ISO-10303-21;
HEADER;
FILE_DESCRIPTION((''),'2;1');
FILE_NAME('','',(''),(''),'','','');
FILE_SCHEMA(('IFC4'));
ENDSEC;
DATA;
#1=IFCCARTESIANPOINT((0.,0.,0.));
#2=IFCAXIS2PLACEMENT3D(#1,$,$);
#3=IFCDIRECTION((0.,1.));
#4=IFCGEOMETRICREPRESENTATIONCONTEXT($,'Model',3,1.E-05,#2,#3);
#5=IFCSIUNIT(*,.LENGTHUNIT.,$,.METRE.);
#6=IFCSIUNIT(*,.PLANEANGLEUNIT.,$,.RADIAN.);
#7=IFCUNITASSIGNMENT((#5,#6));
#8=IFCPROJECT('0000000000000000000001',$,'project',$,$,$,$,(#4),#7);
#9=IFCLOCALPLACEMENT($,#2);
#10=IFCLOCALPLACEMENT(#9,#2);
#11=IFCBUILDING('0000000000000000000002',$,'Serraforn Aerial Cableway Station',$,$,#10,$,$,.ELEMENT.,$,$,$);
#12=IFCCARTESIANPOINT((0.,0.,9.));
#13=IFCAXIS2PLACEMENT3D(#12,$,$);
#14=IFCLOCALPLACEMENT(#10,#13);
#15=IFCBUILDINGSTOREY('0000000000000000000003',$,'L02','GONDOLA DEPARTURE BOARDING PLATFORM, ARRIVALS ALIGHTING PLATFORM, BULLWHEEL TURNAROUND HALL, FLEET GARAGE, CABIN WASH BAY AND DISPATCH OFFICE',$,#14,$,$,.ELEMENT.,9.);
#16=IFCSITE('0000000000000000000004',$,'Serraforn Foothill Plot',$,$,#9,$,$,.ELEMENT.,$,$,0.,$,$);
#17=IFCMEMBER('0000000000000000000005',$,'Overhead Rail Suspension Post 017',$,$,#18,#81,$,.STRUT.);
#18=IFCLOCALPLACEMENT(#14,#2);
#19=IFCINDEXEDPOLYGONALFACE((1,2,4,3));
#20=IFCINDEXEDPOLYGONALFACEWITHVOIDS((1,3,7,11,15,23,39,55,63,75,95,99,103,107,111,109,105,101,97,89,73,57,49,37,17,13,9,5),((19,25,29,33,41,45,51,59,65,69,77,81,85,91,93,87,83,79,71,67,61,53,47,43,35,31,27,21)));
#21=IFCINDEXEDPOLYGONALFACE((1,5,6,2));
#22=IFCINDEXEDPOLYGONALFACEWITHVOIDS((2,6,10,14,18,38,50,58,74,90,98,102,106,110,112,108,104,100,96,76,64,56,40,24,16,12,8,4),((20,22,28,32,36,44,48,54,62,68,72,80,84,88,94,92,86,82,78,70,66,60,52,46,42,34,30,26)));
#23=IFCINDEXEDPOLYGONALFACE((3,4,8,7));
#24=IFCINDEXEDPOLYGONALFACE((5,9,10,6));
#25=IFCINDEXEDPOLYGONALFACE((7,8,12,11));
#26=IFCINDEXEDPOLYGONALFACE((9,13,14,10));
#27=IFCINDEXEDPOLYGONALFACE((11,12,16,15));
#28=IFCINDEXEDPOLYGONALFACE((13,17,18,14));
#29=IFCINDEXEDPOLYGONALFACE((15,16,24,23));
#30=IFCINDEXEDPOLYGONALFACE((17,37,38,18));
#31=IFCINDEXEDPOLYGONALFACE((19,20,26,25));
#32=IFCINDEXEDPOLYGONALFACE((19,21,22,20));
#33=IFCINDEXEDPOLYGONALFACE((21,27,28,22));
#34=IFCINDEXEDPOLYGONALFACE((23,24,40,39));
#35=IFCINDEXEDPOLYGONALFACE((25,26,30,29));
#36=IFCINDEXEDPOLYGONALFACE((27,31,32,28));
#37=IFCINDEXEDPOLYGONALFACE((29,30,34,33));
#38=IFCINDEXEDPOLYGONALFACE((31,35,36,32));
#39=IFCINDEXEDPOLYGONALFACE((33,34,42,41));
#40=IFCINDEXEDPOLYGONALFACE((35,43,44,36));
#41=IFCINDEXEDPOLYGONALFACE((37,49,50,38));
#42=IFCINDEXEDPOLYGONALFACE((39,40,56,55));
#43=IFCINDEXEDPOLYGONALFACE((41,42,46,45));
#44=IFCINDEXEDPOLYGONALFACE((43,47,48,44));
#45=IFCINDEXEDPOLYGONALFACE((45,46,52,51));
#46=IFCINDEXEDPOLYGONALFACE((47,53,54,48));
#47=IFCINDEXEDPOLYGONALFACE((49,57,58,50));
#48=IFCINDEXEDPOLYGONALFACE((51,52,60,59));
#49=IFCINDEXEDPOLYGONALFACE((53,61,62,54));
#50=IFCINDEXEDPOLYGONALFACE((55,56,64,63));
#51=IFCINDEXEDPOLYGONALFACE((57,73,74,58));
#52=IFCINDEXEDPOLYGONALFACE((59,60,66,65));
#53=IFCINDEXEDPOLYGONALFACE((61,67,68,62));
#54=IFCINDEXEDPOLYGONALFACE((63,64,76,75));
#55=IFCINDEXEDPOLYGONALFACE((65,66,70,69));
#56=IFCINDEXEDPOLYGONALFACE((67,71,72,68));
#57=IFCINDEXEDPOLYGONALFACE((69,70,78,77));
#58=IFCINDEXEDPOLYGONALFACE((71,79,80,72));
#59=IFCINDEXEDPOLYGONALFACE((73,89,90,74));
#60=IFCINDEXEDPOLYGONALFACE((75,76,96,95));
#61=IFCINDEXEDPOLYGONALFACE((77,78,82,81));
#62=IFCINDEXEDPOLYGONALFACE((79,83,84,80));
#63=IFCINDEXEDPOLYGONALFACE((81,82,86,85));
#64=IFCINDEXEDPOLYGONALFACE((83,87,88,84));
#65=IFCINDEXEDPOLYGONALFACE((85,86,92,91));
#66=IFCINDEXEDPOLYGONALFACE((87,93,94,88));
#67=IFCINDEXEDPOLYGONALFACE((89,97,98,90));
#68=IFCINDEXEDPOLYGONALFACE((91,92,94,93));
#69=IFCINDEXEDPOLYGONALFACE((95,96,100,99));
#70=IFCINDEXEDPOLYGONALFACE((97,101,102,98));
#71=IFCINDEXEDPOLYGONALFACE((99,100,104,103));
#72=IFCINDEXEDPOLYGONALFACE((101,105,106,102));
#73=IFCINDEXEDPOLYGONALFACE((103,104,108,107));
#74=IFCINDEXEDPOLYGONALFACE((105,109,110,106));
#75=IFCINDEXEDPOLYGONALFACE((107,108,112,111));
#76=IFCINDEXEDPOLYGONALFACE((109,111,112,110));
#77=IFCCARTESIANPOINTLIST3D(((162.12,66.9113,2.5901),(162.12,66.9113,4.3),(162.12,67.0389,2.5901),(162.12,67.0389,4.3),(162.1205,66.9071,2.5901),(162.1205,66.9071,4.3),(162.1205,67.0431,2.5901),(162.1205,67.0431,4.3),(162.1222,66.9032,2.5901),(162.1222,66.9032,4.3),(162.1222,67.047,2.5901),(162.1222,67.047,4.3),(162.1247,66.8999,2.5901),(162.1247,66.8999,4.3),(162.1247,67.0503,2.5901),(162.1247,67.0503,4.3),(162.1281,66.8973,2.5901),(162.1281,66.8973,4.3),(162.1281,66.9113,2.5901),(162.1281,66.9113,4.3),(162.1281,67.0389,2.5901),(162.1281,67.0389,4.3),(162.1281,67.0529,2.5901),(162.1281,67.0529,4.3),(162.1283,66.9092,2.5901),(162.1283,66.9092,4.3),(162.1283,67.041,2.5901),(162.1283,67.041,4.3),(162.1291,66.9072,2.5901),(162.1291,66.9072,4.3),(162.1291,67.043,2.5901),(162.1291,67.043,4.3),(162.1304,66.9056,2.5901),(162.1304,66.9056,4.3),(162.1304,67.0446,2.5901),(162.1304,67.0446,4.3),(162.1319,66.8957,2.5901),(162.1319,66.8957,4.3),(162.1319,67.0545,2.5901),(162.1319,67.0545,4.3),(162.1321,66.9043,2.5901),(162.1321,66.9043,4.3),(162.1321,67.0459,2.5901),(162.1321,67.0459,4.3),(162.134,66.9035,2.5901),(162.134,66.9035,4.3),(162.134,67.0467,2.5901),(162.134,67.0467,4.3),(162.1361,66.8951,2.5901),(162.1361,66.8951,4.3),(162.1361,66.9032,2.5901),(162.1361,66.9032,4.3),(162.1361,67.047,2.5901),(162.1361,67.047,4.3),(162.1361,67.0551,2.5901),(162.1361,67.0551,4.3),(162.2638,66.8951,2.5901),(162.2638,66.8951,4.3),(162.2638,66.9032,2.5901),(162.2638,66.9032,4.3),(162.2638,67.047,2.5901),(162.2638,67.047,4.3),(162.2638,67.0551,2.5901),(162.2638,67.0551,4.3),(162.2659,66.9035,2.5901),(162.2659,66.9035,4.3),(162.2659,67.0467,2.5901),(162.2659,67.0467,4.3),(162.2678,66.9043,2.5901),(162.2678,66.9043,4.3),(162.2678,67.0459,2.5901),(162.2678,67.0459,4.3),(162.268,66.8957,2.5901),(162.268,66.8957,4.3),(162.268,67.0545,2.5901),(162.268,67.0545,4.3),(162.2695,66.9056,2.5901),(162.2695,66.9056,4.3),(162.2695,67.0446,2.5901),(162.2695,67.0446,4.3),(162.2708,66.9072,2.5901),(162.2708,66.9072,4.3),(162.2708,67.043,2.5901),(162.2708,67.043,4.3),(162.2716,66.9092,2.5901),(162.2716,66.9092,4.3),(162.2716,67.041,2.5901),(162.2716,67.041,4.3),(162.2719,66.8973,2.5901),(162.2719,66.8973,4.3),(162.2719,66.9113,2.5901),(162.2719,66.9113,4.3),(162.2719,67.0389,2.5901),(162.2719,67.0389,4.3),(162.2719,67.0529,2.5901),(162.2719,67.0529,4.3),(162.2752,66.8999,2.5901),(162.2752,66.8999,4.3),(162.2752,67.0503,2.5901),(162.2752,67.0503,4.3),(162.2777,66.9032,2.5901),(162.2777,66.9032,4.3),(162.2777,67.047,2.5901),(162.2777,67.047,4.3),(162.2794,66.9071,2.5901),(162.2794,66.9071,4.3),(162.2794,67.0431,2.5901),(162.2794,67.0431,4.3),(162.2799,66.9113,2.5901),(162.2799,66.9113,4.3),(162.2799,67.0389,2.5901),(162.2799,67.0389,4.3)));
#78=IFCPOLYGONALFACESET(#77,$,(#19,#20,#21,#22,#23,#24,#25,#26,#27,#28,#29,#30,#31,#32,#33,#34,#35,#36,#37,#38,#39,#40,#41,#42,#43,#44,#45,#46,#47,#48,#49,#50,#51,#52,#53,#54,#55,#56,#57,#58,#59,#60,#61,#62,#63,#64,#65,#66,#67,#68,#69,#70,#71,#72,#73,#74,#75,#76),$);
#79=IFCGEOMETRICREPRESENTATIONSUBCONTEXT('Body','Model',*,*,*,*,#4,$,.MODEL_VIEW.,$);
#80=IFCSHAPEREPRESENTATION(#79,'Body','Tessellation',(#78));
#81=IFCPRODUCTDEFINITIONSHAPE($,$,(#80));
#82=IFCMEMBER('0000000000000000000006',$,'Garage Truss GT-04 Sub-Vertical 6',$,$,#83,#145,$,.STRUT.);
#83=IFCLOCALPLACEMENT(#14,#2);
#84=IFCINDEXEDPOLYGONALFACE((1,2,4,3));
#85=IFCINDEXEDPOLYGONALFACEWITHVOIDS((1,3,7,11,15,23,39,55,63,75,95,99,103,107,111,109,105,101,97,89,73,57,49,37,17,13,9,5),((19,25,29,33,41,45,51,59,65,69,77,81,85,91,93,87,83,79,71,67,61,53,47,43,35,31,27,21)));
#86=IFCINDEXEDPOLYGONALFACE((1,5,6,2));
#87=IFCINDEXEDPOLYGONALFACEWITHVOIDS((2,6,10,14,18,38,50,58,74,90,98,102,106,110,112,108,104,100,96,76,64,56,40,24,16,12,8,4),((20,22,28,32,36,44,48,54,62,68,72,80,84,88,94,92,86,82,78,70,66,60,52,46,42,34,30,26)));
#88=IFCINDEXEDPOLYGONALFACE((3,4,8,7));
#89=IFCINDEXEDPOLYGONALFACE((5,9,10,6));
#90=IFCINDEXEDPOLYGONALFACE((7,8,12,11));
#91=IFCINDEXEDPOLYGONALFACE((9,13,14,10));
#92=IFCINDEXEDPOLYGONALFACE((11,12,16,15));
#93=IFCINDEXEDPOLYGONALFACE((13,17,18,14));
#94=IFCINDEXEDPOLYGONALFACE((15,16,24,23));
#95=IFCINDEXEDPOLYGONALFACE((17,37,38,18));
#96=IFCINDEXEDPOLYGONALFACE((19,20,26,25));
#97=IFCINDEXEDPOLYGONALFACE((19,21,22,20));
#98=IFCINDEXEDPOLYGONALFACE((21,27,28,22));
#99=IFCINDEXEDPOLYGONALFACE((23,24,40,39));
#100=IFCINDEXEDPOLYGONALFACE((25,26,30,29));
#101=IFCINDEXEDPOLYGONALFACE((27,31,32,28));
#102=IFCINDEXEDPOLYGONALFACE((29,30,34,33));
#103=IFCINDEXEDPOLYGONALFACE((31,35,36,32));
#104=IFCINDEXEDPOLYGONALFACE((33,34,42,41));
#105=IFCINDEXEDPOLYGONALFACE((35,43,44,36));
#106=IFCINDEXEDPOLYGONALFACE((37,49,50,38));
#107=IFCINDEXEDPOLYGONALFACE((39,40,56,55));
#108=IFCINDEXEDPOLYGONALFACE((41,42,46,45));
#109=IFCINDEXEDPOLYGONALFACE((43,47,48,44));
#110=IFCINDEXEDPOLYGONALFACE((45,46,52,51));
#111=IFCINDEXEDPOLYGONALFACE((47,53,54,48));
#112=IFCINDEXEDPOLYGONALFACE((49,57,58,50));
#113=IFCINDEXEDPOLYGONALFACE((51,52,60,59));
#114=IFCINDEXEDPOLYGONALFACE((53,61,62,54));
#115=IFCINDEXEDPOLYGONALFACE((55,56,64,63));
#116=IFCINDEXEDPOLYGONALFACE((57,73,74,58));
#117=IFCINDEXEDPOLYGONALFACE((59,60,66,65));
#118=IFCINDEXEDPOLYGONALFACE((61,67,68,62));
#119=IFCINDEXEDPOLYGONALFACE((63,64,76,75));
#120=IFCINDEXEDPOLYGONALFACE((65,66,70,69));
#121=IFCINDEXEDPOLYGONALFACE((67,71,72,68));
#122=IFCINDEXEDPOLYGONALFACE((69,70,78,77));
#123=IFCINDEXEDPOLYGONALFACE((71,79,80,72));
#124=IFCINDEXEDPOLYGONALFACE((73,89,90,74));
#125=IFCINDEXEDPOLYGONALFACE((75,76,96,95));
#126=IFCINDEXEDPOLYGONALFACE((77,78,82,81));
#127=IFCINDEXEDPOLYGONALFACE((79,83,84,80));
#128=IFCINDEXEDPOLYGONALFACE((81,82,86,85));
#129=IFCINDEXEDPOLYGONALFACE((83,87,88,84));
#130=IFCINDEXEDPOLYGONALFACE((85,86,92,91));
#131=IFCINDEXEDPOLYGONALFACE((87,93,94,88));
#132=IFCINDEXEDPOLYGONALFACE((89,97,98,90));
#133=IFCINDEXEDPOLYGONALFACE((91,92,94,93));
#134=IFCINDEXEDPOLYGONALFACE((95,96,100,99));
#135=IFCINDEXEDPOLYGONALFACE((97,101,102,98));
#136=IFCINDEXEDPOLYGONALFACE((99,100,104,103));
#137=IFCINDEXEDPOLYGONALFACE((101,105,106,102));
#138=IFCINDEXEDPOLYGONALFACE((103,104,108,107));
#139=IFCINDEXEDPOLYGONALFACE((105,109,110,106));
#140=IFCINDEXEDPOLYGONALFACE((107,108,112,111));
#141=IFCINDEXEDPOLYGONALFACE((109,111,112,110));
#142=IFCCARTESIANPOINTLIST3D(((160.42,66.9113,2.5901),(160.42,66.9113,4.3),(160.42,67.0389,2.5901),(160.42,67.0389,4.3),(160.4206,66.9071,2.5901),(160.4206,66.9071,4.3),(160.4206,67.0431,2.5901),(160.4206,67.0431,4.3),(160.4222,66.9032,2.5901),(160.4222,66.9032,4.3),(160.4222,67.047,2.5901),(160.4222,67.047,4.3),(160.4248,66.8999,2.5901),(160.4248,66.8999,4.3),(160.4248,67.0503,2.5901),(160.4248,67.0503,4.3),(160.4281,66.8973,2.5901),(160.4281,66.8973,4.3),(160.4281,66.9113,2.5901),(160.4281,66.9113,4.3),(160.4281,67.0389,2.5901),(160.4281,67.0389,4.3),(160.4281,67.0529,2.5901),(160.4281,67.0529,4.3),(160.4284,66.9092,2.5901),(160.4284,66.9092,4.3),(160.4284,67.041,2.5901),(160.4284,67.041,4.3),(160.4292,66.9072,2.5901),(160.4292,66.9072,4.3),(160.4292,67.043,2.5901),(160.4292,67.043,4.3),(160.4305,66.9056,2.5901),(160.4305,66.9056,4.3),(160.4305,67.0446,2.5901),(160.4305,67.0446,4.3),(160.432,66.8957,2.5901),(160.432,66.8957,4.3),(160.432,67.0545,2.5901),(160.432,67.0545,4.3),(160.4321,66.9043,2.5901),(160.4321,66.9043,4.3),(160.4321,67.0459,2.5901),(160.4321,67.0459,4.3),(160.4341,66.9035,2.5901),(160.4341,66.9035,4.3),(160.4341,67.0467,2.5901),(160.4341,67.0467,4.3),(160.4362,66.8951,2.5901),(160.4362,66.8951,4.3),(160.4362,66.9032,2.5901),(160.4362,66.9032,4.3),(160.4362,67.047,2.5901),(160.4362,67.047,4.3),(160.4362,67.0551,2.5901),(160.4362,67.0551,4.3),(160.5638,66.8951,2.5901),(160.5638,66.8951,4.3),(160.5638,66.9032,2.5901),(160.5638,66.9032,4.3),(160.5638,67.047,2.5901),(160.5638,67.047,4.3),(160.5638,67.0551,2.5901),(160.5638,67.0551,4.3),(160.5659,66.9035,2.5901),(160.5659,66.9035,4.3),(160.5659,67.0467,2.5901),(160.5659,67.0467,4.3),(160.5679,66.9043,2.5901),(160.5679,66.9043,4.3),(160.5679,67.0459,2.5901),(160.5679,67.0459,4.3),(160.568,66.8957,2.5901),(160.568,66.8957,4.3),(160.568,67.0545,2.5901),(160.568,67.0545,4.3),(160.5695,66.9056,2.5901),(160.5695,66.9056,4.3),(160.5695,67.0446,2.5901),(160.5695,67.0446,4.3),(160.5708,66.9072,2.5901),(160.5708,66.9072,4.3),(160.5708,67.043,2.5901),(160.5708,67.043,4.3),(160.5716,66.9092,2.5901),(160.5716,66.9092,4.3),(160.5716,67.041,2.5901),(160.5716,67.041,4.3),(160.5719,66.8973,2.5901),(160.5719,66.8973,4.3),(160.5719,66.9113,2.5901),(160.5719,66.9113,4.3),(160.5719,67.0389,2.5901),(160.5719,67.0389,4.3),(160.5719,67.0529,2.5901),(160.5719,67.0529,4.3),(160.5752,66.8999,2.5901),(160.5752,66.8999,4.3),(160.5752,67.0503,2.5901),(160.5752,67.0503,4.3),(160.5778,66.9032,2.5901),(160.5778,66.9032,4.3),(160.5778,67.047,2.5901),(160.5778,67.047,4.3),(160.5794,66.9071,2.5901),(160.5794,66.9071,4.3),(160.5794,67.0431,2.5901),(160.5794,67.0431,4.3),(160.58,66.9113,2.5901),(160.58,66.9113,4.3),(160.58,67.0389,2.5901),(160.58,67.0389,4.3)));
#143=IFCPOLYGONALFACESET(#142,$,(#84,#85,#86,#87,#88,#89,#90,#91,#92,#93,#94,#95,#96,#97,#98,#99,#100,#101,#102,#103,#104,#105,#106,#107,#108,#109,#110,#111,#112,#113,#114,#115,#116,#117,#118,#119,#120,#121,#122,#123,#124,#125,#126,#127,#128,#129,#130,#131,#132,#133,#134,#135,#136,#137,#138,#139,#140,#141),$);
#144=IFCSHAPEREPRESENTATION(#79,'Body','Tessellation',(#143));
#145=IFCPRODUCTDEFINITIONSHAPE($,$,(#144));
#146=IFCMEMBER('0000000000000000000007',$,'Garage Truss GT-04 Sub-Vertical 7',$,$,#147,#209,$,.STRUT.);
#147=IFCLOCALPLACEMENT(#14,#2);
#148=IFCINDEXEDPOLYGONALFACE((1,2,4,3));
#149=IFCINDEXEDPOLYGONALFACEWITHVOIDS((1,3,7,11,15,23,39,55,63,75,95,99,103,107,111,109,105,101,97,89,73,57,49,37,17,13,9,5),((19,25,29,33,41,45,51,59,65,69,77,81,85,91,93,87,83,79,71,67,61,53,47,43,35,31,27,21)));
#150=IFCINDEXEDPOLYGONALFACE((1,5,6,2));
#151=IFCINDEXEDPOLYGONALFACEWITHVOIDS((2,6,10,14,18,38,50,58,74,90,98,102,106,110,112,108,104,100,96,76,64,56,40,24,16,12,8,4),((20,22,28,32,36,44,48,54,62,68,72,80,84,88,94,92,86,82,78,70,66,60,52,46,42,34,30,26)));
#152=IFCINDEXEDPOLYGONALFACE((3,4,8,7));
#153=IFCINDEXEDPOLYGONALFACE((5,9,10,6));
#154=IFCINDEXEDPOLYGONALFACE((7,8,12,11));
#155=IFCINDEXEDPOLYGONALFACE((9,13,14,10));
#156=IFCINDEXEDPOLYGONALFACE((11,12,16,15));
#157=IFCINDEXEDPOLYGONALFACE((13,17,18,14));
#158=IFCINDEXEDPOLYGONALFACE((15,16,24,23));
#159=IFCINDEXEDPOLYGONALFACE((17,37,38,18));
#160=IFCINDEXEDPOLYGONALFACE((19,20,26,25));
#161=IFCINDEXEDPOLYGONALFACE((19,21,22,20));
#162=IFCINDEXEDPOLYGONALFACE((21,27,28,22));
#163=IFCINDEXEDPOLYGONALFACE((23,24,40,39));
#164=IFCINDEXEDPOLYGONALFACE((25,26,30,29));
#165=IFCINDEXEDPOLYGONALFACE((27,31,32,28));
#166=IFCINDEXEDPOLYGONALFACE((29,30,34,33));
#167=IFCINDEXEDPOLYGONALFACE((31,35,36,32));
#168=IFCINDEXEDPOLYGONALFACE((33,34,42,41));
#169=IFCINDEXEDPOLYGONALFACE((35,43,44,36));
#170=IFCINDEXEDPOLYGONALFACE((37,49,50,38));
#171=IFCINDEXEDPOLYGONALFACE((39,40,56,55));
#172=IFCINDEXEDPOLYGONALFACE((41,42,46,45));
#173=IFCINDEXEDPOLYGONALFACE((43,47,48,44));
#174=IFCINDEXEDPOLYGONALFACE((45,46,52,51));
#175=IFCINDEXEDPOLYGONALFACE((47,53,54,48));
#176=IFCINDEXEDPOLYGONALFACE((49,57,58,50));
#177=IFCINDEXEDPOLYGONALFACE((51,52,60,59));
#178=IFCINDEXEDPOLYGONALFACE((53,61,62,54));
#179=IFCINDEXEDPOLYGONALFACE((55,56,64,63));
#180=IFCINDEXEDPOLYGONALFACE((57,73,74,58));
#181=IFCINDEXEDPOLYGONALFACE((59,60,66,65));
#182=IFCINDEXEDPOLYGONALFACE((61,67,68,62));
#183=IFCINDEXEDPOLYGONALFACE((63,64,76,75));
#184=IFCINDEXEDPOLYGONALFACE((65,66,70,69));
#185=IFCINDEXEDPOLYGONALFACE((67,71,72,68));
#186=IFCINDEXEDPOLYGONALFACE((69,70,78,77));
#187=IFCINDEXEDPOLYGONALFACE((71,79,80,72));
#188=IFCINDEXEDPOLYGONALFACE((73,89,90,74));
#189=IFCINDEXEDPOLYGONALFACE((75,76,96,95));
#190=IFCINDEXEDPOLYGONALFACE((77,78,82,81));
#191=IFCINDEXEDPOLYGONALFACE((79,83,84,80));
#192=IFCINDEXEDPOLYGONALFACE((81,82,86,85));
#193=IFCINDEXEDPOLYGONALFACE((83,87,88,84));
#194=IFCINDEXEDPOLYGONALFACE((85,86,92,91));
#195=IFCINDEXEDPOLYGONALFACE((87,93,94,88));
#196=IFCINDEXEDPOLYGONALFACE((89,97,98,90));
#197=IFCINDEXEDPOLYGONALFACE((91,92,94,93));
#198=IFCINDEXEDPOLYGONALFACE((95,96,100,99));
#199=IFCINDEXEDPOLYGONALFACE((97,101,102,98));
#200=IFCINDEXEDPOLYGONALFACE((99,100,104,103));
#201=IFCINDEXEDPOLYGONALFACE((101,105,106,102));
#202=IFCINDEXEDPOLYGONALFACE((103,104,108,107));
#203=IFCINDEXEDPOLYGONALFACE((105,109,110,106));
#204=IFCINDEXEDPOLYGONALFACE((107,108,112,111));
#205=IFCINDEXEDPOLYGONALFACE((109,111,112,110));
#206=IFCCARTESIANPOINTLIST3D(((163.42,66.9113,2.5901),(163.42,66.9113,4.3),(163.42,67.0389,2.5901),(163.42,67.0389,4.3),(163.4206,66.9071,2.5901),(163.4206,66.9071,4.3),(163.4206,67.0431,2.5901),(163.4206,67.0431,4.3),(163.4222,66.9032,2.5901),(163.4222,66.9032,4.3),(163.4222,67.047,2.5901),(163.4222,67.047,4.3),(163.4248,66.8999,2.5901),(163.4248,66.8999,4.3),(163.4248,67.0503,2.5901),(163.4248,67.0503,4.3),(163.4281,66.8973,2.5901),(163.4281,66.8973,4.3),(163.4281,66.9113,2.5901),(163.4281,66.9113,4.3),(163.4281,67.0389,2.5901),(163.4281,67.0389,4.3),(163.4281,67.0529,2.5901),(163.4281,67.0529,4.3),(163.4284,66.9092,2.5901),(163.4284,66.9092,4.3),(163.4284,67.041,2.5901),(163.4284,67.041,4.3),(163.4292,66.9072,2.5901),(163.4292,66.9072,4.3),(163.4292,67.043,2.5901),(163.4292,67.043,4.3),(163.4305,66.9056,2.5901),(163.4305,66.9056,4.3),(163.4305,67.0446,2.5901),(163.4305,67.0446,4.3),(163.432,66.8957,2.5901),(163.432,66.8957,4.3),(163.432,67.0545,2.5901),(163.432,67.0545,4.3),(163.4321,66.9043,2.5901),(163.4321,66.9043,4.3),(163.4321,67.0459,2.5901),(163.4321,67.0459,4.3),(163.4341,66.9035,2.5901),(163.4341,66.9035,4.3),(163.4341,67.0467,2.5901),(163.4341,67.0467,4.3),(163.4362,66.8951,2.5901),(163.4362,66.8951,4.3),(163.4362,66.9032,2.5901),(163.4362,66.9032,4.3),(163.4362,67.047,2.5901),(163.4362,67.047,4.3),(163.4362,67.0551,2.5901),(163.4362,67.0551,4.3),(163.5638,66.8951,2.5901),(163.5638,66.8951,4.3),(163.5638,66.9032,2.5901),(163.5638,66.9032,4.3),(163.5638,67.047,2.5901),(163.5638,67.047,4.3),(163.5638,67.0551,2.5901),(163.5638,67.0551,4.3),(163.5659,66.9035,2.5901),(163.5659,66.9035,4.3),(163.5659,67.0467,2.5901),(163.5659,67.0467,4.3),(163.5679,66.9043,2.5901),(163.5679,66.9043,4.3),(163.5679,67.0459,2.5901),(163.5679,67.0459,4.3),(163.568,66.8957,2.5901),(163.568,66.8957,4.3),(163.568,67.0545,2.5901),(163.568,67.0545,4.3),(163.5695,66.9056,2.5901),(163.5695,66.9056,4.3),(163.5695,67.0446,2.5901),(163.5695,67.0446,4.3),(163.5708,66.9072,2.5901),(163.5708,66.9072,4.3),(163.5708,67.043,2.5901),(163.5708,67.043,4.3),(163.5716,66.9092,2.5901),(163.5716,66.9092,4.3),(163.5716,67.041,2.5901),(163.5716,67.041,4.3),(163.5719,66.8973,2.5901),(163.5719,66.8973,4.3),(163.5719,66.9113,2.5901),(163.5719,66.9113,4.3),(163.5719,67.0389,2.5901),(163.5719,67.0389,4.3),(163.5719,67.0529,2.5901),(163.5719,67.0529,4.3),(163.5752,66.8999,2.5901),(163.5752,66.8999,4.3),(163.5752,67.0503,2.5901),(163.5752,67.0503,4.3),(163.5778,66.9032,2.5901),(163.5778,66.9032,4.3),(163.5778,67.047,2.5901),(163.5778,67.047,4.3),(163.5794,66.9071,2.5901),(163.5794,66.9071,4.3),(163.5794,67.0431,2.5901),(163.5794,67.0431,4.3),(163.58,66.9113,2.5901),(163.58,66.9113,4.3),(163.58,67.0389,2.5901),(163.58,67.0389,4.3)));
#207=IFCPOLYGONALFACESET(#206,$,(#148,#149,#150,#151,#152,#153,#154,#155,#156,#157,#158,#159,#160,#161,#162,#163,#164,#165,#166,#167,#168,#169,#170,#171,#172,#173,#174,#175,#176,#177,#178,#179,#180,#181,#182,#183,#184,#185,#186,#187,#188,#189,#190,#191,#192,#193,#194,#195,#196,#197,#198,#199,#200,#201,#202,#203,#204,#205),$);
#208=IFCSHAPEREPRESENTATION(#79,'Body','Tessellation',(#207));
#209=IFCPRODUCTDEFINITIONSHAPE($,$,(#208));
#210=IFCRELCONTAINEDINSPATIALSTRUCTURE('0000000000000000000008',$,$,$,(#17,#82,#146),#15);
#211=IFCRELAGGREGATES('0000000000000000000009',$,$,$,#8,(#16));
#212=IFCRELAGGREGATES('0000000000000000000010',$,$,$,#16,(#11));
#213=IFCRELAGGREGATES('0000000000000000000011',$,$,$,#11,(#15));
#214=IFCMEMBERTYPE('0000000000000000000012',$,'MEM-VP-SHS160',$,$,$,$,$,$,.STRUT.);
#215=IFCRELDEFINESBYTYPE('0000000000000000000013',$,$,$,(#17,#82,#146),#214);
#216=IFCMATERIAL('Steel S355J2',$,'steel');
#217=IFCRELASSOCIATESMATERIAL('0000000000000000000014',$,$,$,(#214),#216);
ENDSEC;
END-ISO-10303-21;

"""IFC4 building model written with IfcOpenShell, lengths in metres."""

from ifc_helpers import new_model, si_unit, direction, frame, origin, origin_2d, place, context, subcontext, project, spatial, hollow_rectangle, extrude, material, material_profile, profile_set, type_object, element, save


model = new_model("IFC4")

# Units and contexts
model_context = context("Model", 3, precision=1e-05, world=origin(), true_north=direction((0.0, 1.0)))
body_context = subcontext(model_context, "Body", "Model", "MODEL_VIEW")
ifc_project = project(units=[si_unit("LENGTHUNIT", "METRE"), si_unit("PLANEANGLEUNIT", "RADIAN")], contexts=[model_context])

# Site, building, storey
site_placement = place(None, origin())
site = spatial("IfcSite", under=ifc_project, at=site_placement, Name="Serraforn Foothill Plot", CompositionType="ELEMENT", RefElevation=0.0)
building_placement = place(site_placement, origin())
building = spatial("IfcBuilding", under=site, at=building_placement, Name="Serraforn Aerial Cableway Station", CompositionType="ELEMENT")
storey_placement = place(building_placement, frame((0.0, 0.0, 9.0)))
storey = spatial("IfcBuildingStorey", under=building, at=storey_placement, Name="L02", Description="GONDOLA DEPARTURE BOARDING PLATFORM, ARRIVALS ALIGHTING PLATFORM, BULLWHEEL TURNAROUND HALL, FLEET GARAGE, CABIN WASH BAY AND DISPATCH OFFICE", CompositionType="ELEMENT", Elevation=9.0)

# Members
ifc_material = material(Name="Steel S355J2", Category="steel")
ifc_material_profile_1 = material_profile(ifc_material, hollow_rectangle(XDim=0.1599, YDim=0.1599, WallThickness=0.0081, InnerFilletRadius=0.0081, OuterFilletRadius=0.0161, at=origin_2d()), Name="SHS 160x160x8.0")
ifc_profile_set_1 = profile_set([ifc_material_profile_1], Name="Steel S355J2")
member_type_1 = type_object("IfcMemberType", Name="MEM-VP-SHS160", PredefinedType="STRUT", material=ifc_profile_set_1)
for number, where, z_axis, x_axis, name in (
    (1, (162.2, 66.9751, 2.5901), (0.0, 0.0, 1.0), (1.0, 0.0, 0.0), "Overhead Rail Suspension Post 017"),
    (2, (160.5, 66.9751, 2.5901), (0.0, 0.0, 1.0), (1.0, 0.0, 0.0), "Garage Truss GT-04 Sub-Vertical 6"),
    (3, (163.5, 66.9751, 2.5901), (0.0, 0.0, 1.0), (1.0, 0.0, 0.0), "Garage Truss GT-04 Sub-Vertical 7"),
):
    element("IfcMember", number, at=place(storey_placement, frame(where, z_axis=z_axis, x_axis=x_axis)), inside=storey, type_object=member_type_1, Name=name, PredefinedType="STRUT", context=body_context, shape_type="SweptSolid", body=[
        extrude(hollow_rectangle(XDim=0.1599, YDim=0.1599, WallThickness=0.0081, InnerFilletRadius=0.0081, OuterFilletRadius=0.0161, at=origin_2d()), origin(), (0.0, 0.0, 1.0), 1.71),
    ])

save(model, "model.ifc")
